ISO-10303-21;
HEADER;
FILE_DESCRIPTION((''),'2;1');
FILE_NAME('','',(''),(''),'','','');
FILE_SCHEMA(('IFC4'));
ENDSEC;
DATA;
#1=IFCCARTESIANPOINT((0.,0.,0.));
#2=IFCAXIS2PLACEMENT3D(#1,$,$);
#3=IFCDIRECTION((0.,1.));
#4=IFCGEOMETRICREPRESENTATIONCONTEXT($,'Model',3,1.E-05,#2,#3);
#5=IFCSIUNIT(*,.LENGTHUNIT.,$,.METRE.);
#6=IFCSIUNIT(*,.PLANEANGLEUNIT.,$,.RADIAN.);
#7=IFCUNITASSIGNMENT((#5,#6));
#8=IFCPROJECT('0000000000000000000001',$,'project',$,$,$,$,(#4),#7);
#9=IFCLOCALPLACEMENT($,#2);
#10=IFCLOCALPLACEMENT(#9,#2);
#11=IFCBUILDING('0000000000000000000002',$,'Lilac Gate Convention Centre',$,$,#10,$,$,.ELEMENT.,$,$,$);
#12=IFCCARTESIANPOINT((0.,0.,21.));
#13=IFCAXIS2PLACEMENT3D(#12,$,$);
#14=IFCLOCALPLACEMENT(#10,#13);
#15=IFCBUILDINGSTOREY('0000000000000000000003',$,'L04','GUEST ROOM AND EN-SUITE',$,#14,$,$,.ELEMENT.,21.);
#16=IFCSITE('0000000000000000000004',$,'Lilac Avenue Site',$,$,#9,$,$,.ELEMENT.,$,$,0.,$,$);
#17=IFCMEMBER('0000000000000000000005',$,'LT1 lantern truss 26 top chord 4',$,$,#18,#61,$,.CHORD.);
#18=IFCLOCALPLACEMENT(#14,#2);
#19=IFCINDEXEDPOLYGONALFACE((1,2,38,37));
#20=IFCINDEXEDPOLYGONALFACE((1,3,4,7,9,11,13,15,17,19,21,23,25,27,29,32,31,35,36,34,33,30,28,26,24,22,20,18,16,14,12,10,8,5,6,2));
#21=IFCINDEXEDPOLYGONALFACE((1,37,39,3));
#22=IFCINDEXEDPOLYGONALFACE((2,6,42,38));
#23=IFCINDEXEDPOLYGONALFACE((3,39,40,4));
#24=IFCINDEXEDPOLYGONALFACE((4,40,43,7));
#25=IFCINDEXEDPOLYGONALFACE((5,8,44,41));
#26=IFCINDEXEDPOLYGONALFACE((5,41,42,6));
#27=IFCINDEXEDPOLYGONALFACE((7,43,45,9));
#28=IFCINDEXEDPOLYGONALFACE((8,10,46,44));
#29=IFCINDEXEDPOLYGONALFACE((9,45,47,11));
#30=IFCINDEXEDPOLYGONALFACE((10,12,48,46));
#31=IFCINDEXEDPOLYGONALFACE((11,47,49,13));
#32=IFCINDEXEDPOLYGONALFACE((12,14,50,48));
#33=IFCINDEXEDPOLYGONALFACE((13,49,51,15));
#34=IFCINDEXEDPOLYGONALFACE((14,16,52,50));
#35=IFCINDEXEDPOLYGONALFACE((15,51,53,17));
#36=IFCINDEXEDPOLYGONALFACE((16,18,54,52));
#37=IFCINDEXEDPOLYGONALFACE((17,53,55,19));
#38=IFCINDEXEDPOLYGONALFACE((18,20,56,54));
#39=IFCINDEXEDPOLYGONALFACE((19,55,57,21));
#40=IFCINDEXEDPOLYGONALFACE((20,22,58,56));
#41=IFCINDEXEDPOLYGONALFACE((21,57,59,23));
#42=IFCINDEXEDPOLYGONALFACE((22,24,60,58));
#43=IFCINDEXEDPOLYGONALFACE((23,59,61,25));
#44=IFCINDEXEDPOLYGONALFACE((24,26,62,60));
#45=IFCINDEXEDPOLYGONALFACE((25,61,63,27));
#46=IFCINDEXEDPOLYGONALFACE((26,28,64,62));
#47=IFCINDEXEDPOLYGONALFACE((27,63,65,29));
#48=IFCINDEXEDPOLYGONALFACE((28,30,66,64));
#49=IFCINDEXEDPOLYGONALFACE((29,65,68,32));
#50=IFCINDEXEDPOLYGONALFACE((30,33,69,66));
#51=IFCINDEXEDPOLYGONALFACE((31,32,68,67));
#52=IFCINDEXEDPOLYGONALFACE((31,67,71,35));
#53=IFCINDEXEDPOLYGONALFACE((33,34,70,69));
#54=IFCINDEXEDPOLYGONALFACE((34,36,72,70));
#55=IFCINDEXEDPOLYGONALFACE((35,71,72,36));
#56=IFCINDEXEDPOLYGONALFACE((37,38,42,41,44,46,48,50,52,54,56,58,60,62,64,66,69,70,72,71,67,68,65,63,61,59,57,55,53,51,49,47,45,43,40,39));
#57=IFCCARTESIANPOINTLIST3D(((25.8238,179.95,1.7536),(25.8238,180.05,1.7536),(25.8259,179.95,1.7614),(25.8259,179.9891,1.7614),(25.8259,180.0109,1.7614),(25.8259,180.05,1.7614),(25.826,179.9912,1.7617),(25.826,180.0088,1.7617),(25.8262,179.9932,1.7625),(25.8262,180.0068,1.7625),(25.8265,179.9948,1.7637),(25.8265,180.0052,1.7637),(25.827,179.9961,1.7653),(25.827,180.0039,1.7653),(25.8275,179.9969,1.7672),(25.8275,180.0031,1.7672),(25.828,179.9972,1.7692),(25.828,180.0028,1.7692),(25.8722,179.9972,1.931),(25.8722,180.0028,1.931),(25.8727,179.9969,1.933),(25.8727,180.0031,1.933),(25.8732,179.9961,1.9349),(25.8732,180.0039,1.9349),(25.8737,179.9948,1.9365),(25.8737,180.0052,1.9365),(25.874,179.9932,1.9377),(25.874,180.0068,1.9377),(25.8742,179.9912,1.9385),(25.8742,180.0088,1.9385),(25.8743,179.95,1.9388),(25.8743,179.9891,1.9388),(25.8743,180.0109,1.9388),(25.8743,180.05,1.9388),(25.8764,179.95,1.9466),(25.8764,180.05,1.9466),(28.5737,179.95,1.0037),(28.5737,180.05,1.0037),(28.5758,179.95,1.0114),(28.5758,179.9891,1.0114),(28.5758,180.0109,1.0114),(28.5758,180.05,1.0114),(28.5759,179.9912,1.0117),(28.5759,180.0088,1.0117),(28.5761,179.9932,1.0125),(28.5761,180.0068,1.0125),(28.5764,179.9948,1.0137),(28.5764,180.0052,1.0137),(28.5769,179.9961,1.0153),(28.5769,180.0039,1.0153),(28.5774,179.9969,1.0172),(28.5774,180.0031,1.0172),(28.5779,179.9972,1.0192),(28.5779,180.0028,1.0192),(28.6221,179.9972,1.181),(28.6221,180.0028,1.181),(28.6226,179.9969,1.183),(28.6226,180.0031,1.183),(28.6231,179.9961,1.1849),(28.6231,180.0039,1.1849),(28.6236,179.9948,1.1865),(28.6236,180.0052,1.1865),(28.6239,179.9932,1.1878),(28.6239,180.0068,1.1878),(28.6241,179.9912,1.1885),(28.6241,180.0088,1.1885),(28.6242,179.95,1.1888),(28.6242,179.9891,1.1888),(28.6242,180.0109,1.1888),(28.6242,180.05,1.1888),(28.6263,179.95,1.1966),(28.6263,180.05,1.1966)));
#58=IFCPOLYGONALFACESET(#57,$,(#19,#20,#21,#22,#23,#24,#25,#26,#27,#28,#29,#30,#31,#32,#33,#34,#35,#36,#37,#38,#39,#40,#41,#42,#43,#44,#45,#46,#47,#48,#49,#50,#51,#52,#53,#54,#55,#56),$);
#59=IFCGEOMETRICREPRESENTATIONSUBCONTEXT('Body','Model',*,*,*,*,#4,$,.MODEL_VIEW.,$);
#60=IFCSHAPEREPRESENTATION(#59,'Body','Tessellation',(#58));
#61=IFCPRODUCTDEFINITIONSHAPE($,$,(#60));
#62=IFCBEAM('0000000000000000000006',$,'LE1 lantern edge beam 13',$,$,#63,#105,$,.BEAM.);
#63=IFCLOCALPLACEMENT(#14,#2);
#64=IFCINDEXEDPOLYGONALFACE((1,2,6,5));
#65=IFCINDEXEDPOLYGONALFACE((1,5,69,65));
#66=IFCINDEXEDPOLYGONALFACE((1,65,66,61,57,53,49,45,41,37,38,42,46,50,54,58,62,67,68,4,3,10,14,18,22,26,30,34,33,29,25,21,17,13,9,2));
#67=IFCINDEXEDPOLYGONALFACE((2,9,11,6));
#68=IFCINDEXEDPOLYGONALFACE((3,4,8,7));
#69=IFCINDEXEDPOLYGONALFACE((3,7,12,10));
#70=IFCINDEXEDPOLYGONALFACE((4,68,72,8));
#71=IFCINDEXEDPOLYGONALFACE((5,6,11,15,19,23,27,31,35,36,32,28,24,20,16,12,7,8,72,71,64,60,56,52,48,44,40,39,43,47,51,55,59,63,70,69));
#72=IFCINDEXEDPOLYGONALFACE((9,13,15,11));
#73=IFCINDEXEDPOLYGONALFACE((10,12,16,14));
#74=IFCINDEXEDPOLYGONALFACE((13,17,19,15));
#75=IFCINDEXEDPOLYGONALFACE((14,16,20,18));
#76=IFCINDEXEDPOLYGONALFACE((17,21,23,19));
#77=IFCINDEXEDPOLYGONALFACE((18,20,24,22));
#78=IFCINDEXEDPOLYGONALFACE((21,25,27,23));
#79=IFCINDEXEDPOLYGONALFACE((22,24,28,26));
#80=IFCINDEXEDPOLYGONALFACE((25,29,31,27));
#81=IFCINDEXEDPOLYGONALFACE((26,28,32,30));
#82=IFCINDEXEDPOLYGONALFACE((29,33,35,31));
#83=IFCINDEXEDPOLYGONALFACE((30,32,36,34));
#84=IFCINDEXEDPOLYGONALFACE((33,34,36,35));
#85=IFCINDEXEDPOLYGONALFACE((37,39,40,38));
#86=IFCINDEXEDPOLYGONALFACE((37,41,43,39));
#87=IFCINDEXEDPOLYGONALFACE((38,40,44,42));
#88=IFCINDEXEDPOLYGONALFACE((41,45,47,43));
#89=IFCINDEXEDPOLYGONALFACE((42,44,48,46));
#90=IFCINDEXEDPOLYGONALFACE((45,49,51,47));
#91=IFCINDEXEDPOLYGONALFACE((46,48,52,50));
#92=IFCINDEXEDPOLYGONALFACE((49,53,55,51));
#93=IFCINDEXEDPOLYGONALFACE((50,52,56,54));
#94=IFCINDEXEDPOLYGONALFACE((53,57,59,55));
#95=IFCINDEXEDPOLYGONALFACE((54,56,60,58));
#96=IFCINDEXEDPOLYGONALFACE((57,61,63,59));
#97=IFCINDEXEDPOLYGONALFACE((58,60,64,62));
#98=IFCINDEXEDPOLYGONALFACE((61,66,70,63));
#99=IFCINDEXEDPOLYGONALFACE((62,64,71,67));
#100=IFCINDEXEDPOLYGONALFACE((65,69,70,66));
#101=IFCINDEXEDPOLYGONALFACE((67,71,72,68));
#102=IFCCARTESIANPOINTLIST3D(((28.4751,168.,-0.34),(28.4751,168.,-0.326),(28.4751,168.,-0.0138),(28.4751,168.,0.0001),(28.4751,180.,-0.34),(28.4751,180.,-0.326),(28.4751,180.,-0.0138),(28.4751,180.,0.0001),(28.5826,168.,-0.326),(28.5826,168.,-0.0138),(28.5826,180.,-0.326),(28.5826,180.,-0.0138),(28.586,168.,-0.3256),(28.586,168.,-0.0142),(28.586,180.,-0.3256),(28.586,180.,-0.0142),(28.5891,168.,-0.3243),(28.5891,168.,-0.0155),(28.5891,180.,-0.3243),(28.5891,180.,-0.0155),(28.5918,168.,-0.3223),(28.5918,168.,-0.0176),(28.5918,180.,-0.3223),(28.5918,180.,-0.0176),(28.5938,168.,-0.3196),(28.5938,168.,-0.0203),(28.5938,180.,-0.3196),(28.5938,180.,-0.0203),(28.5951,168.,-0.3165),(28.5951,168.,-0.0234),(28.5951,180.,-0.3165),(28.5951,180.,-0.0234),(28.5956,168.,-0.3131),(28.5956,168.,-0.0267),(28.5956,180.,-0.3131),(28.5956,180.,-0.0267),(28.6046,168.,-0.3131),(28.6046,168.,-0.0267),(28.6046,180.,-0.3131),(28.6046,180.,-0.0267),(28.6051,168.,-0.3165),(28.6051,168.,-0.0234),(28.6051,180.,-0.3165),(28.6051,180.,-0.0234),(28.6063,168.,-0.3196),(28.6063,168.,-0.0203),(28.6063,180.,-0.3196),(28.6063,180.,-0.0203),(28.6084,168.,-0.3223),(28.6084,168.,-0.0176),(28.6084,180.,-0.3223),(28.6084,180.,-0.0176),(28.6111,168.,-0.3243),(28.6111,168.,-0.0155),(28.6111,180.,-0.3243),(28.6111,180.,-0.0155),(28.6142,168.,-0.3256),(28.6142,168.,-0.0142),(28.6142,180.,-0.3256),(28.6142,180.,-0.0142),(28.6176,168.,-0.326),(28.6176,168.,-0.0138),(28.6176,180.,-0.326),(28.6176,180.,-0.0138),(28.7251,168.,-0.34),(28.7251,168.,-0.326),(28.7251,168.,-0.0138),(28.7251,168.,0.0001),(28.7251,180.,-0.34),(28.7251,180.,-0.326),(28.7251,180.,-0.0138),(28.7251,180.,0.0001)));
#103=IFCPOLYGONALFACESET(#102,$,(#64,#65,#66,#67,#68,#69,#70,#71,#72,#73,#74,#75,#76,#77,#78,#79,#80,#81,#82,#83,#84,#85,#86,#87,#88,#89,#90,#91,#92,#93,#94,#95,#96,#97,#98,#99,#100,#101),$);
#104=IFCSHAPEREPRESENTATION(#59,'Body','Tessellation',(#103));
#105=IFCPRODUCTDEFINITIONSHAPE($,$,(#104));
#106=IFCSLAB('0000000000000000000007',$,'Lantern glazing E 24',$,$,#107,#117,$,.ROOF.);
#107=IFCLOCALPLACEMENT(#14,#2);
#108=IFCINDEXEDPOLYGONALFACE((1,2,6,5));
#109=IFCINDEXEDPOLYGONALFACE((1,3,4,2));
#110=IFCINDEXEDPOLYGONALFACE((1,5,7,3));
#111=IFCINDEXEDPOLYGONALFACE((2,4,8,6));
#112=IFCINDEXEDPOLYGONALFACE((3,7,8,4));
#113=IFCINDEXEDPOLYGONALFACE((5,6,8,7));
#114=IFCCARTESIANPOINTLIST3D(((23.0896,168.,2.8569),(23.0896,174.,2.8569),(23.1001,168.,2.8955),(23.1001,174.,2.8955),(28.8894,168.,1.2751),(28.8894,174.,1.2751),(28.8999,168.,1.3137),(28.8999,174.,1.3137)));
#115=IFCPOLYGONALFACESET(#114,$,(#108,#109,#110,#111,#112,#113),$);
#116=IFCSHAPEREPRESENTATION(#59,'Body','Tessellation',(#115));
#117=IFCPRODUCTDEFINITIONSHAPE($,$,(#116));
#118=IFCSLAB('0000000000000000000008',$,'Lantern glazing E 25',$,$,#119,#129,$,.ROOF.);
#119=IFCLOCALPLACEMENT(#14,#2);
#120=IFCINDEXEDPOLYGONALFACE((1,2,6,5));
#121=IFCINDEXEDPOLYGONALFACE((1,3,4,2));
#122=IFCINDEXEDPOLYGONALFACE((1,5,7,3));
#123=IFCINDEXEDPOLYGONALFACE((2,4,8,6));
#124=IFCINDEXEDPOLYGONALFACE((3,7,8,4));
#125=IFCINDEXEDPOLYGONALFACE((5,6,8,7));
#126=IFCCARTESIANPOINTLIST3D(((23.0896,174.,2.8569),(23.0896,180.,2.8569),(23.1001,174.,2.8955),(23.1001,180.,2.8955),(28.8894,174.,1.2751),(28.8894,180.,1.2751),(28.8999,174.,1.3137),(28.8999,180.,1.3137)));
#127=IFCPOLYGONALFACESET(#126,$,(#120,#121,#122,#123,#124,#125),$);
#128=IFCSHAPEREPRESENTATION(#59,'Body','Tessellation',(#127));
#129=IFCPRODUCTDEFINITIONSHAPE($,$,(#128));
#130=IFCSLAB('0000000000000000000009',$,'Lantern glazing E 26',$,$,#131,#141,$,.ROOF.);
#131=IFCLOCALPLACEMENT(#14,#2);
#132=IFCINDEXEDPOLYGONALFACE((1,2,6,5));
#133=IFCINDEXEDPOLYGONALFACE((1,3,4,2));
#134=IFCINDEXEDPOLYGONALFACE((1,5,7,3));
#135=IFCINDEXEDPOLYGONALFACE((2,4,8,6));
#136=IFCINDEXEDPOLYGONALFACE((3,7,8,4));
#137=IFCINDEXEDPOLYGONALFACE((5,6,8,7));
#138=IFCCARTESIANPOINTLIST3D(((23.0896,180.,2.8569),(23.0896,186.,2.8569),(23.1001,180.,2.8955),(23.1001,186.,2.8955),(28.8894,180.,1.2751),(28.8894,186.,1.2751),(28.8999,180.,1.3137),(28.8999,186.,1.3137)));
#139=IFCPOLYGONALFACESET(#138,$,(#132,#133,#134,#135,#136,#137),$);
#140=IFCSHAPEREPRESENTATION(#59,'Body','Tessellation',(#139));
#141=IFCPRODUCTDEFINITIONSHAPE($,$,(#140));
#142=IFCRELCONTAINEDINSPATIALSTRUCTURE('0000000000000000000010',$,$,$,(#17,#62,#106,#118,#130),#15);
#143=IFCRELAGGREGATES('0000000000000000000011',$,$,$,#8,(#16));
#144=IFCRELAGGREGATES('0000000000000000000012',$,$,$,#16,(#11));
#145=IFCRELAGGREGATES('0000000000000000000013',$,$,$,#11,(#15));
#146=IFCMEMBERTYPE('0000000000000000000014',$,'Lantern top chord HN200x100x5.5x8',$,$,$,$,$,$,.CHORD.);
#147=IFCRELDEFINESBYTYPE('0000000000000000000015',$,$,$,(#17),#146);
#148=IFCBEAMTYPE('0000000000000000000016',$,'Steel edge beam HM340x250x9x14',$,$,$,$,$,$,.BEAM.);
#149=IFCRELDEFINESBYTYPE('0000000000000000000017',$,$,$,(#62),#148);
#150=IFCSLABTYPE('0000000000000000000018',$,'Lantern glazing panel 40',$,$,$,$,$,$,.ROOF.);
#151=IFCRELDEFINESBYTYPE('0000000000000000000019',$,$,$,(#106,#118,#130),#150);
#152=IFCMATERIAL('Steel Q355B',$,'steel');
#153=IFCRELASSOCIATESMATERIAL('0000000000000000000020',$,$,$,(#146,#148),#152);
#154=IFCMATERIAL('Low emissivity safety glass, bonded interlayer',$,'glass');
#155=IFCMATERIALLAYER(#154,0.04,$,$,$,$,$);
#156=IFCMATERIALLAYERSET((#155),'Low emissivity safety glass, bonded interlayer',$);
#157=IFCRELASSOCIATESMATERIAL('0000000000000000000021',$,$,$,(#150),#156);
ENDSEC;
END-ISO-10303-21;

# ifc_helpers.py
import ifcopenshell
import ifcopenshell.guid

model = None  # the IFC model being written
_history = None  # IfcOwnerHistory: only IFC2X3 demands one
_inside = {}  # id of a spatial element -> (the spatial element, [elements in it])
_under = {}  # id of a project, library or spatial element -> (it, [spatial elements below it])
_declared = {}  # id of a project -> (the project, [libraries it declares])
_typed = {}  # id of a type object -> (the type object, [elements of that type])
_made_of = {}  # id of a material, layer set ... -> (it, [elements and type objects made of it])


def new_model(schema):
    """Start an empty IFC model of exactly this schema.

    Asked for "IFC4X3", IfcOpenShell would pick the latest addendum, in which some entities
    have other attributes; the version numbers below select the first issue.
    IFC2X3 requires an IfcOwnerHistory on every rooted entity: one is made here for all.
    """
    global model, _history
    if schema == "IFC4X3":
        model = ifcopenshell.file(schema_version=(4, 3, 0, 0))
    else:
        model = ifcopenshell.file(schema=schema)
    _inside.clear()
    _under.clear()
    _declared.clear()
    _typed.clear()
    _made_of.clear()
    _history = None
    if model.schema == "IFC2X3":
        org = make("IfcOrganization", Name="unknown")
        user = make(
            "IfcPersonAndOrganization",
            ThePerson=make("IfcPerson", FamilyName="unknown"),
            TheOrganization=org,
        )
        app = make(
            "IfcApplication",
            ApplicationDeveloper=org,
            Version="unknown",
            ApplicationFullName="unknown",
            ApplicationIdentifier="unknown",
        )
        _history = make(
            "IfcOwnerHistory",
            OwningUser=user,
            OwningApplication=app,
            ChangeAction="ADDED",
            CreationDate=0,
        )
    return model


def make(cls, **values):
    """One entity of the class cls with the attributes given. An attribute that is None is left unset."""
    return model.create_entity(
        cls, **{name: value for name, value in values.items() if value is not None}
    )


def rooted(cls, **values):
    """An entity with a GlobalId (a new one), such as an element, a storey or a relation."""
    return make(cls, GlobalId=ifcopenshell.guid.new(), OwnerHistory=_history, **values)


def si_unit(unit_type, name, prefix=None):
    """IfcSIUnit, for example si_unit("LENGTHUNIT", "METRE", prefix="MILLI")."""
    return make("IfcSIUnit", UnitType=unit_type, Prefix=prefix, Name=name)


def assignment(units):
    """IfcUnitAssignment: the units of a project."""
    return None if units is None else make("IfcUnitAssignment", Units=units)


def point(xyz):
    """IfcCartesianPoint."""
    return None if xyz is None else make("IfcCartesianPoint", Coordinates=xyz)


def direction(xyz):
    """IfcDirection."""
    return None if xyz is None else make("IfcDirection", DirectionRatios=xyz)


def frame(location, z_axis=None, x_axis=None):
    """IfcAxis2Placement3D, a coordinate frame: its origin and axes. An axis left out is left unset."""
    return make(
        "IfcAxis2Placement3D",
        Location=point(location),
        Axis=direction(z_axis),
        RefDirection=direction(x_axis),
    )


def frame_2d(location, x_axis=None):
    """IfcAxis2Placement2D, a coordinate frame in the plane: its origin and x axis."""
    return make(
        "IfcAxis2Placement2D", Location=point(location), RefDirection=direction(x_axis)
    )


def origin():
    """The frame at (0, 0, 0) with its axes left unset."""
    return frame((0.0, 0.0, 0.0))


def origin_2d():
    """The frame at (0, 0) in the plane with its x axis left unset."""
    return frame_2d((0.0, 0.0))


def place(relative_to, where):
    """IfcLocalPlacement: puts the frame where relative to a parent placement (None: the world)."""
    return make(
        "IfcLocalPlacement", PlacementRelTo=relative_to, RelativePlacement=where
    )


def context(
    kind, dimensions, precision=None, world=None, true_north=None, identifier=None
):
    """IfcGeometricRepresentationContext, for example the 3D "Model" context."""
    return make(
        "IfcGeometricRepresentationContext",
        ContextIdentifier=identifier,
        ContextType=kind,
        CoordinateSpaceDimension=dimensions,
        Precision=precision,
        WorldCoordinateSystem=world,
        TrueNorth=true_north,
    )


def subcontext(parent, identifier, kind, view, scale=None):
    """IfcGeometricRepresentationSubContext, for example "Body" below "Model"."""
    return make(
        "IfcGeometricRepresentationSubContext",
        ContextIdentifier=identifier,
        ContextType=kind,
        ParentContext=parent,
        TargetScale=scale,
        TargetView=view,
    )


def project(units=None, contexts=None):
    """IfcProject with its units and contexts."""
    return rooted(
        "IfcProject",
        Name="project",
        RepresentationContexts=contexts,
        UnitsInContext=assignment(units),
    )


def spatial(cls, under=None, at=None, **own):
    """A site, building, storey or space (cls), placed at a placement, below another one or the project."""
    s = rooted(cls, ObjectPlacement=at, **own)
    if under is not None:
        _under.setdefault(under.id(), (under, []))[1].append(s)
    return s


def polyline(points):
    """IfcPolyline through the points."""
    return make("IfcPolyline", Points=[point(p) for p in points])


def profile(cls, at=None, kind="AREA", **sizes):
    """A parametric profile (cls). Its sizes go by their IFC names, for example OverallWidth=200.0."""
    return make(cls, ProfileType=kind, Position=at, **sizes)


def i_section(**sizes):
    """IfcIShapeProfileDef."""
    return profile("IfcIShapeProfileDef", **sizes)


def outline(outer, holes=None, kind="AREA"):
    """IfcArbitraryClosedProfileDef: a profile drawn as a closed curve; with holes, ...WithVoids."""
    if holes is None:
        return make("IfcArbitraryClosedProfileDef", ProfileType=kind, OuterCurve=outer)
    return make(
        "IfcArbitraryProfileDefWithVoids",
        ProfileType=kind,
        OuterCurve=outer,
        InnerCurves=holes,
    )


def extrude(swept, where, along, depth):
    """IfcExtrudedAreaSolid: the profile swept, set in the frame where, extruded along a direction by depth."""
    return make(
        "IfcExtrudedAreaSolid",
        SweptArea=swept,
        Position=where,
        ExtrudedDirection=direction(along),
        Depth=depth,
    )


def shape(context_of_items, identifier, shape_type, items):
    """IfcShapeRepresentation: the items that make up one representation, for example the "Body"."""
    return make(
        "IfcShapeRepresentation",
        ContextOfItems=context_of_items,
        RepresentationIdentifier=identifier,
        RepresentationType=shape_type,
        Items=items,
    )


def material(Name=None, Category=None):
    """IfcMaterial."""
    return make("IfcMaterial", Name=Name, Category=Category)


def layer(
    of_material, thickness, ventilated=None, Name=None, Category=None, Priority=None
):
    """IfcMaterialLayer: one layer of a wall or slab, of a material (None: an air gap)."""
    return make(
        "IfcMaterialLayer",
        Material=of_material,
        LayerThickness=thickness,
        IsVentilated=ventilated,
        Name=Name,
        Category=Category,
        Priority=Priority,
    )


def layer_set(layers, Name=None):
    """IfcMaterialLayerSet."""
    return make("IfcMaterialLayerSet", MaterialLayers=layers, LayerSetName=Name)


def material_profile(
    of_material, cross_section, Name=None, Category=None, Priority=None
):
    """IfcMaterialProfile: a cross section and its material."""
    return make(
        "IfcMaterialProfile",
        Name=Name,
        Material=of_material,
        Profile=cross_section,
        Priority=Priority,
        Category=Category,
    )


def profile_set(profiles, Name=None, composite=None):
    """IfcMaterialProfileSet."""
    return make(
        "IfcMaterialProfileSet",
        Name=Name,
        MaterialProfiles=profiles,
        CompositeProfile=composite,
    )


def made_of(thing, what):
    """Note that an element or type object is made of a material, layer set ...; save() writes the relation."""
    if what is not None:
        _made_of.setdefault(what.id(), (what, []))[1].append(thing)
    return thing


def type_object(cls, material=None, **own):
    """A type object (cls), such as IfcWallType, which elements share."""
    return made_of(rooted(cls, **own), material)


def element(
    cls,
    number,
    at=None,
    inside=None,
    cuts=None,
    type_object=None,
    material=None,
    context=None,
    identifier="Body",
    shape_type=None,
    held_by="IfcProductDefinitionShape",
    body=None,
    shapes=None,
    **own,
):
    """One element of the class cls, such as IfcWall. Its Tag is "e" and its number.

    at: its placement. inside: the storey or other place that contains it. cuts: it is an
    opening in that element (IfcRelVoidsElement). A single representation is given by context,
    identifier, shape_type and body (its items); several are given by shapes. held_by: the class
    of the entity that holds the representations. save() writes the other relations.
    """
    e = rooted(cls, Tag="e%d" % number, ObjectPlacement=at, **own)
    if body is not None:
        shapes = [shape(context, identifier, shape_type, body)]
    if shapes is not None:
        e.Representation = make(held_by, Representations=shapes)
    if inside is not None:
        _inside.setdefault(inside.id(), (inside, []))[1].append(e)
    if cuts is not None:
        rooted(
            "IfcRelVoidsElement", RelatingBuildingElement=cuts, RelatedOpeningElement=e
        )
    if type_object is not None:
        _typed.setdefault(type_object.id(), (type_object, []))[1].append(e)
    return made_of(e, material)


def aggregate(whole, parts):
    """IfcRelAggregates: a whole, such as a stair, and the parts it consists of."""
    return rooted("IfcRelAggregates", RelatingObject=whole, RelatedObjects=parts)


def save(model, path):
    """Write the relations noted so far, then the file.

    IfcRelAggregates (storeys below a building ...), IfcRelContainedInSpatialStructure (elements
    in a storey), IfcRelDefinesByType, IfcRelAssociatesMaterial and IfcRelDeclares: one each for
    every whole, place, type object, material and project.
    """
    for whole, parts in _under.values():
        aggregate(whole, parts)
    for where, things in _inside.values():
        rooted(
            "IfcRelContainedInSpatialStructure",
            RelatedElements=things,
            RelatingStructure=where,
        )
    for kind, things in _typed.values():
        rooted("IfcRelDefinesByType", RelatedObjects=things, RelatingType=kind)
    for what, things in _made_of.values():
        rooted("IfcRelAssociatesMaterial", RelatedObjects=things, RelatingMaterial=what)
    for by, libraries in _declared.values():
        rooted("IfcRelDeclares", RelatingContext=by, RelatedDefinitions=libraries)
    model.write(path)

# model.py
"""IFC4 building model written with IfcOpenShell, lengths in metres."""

from ifc_helpers import new_model, si_unit, direction, frame, origin, origin_2d, place, context, subcontext, project, spatial, polyline, i_section, outline, extrude, material, layer, layer_set, material_profile, profile_set, type_object, element, save


model = new_model("IFC4")

# Units and contexts
model_context = context("Model", 3, precision=1e-05, world=origin(), true_north=direction((0.0, 1.0)))
body_context = subcontext(model_context, "Body", "Model", "MODEL_VIEW")
ifc_project = project(units=[si_unit("LENGTHUNIT", "METRE"), si_unit("PLANEANGLEUNIT", "RADIAN")], contexts=[model_context])

# Site, building, storey
site_placement = place(None, origin())
site = spatial("IfcSite", under=ifc_project, at=site_placement, Name="Lilac Avenue Site", CompositionType="ELEMENT", RefElevation=0.0)
building_placement = place(site_placement, origin())
building = spatial("IfcBuilding", under=site, at=building_placement, Name="Lilac Gate Convention Centre", CompositionType="ELEMENT")
storey_placement = place(building_placement, frame((0.0, 0.0, 21.0)))
storey = spatial("IfcBuildingStorey", under=building, at=storey_placement, Name="L04", Description="GUEST ROOM AND EN-SUITE", CompositionType="ELEMENT", Elevation=21.0)

# Member
ifc_material_1 = material(Name="Steel Q355B", Category="steel")
ifc_material_profile_1 = material_profile(ifc_material_1, i_section(OverallWidth=0.1001, OverallDepth=0.2, WebThickness=0.0056, FlangeThickness=0.0081, FilletRadius=0.0081, at=origin_2d()), Name="HN200x100x5.5x8")
ifc_profile_set_1 = profile_set([ifc_material_profile_1], Name="Steel Q355B")
member_type_1 = type_object("IfcMemberType", Name="Lantern top chord HN200x100x5.5x8", PredefinedType="CHORD", material=ifc_profile_set_1)
for number, where, z_axis, x_axis, name in (
    (1, (25.8501, 180.0, 1.8501), (0.964764, 0.0, -0.263117), (0.0, 1.0, 0.0), "LT1 lantern truss 26 top chord 4"),
):
    element("IfcMember", number, at=place(storey_placement, frame(where, z_axis=z_axis, x_axis=x_axis)), inside=storey, type_object=member_type_1, Name=name, PredefinedType="CHORD", context=body_context, shape_type="SweptSolid", body=[
        extrude(i_section(OverallWidth=0.1001, OverallDepth=0.2, WebThickness=0.0056, FlangeThickness=0.0081, FilletRadius=0.0081, at=origin_2d()), origin(), (0.0, 0.0, 1.0), 2.8503),
    ])

# Beam
ifc_material_profile_2 = material_profile(ifc_material_1, i_section(OverallWidth=0.25, OverallDepth=0.3401, WebThickness=0.009, FlangeThickness=0.0139, FilletRadius=0.0129, at=origin_2d()), Name="HM340x250x9x14")
ifc_profile_set_2 = profile_set([ifc_material_profile_2], Name="Steel Q355B")
beam_type = type_object("IfcBeamType", Name="Steel edge beam HM340x250x9x14", PredefinedType="BEAM", material=ifc_profile_set_2)
beam_placement = place(storey_placement, frame((28.6001, 168.0, -0.1699), z_axis=(0.0, 1.0, 0.0), x_axis=(-1.0, 0.0, 0.0)))
element("IfcBeam", 2, at=beam_placement, inside=storey, type_object=beam_type, Name="LE1 lantern edge beam 13", PredefinedType="BEAM", context=body_context, shape_type="SweptSolid", body=[
    extrude(i_section(OverallWidth=0.25, OverallDepth=0.3401, WebThickness=0.009, FlangeThickness=0.0139, FilletRadius=0.0129, at=origin_2d()), origin(), (0.0, 0.0, 1.0), 12.0),
])

# Slabs
ifc_material_2 = material(Name="Low emissivity safety glass, bonded interlayer", Category="glass")
ifc_layer = layer(ifc_material_2, 0.04)
ifc_layer_set = layer_set([ifc_layer], Name="Low emissivity safety glass, bonded interlayer")
slab_type = type_object("IfcSlabType", Name="Lantern glazing panel 40", PredefinedType="ROOF", material=ifc_layer_set)
for number, where, z_axis, x_axis, name in (
    (3, (23.1001, 168.0, 2.8955), (0.263121, 0.0, 0.964763), (0.964763, 0.0, -0.263121), "Lantern glazing E 24"),
    (4, (23.1001, 174.0, 2.8955), (0.263121, 0.0, 0.964763), (0.964763, 0.0, -0.263121), "Lantern glazing E 25"),
    (5, (23.1001, 180.0, 2.8955), (0.263121, 0.0, 0.964763), (0.964763, 0.0, -0.263121), "Lantern glazing E 26"),
):
    element("IfcSlab", number, at=place(storey_placement, frame(where, z_axis=z_axis, x_axis=x_axis)), inside=storey, type_object=slab_type, Name=name, PredefinedType="ROOF", context=body_context, shape_type="SweptSolid", body=[
        extrude(outline(polyline([(0.0, 0.0), (6.0116, 0.0), (6.0116, 6.0), (0.0, 6.0), (0.0, 0.0)])), origin(), (0.0, 0.0, -1.0), 0.04),
    ])

save(model, "model.ifc")
